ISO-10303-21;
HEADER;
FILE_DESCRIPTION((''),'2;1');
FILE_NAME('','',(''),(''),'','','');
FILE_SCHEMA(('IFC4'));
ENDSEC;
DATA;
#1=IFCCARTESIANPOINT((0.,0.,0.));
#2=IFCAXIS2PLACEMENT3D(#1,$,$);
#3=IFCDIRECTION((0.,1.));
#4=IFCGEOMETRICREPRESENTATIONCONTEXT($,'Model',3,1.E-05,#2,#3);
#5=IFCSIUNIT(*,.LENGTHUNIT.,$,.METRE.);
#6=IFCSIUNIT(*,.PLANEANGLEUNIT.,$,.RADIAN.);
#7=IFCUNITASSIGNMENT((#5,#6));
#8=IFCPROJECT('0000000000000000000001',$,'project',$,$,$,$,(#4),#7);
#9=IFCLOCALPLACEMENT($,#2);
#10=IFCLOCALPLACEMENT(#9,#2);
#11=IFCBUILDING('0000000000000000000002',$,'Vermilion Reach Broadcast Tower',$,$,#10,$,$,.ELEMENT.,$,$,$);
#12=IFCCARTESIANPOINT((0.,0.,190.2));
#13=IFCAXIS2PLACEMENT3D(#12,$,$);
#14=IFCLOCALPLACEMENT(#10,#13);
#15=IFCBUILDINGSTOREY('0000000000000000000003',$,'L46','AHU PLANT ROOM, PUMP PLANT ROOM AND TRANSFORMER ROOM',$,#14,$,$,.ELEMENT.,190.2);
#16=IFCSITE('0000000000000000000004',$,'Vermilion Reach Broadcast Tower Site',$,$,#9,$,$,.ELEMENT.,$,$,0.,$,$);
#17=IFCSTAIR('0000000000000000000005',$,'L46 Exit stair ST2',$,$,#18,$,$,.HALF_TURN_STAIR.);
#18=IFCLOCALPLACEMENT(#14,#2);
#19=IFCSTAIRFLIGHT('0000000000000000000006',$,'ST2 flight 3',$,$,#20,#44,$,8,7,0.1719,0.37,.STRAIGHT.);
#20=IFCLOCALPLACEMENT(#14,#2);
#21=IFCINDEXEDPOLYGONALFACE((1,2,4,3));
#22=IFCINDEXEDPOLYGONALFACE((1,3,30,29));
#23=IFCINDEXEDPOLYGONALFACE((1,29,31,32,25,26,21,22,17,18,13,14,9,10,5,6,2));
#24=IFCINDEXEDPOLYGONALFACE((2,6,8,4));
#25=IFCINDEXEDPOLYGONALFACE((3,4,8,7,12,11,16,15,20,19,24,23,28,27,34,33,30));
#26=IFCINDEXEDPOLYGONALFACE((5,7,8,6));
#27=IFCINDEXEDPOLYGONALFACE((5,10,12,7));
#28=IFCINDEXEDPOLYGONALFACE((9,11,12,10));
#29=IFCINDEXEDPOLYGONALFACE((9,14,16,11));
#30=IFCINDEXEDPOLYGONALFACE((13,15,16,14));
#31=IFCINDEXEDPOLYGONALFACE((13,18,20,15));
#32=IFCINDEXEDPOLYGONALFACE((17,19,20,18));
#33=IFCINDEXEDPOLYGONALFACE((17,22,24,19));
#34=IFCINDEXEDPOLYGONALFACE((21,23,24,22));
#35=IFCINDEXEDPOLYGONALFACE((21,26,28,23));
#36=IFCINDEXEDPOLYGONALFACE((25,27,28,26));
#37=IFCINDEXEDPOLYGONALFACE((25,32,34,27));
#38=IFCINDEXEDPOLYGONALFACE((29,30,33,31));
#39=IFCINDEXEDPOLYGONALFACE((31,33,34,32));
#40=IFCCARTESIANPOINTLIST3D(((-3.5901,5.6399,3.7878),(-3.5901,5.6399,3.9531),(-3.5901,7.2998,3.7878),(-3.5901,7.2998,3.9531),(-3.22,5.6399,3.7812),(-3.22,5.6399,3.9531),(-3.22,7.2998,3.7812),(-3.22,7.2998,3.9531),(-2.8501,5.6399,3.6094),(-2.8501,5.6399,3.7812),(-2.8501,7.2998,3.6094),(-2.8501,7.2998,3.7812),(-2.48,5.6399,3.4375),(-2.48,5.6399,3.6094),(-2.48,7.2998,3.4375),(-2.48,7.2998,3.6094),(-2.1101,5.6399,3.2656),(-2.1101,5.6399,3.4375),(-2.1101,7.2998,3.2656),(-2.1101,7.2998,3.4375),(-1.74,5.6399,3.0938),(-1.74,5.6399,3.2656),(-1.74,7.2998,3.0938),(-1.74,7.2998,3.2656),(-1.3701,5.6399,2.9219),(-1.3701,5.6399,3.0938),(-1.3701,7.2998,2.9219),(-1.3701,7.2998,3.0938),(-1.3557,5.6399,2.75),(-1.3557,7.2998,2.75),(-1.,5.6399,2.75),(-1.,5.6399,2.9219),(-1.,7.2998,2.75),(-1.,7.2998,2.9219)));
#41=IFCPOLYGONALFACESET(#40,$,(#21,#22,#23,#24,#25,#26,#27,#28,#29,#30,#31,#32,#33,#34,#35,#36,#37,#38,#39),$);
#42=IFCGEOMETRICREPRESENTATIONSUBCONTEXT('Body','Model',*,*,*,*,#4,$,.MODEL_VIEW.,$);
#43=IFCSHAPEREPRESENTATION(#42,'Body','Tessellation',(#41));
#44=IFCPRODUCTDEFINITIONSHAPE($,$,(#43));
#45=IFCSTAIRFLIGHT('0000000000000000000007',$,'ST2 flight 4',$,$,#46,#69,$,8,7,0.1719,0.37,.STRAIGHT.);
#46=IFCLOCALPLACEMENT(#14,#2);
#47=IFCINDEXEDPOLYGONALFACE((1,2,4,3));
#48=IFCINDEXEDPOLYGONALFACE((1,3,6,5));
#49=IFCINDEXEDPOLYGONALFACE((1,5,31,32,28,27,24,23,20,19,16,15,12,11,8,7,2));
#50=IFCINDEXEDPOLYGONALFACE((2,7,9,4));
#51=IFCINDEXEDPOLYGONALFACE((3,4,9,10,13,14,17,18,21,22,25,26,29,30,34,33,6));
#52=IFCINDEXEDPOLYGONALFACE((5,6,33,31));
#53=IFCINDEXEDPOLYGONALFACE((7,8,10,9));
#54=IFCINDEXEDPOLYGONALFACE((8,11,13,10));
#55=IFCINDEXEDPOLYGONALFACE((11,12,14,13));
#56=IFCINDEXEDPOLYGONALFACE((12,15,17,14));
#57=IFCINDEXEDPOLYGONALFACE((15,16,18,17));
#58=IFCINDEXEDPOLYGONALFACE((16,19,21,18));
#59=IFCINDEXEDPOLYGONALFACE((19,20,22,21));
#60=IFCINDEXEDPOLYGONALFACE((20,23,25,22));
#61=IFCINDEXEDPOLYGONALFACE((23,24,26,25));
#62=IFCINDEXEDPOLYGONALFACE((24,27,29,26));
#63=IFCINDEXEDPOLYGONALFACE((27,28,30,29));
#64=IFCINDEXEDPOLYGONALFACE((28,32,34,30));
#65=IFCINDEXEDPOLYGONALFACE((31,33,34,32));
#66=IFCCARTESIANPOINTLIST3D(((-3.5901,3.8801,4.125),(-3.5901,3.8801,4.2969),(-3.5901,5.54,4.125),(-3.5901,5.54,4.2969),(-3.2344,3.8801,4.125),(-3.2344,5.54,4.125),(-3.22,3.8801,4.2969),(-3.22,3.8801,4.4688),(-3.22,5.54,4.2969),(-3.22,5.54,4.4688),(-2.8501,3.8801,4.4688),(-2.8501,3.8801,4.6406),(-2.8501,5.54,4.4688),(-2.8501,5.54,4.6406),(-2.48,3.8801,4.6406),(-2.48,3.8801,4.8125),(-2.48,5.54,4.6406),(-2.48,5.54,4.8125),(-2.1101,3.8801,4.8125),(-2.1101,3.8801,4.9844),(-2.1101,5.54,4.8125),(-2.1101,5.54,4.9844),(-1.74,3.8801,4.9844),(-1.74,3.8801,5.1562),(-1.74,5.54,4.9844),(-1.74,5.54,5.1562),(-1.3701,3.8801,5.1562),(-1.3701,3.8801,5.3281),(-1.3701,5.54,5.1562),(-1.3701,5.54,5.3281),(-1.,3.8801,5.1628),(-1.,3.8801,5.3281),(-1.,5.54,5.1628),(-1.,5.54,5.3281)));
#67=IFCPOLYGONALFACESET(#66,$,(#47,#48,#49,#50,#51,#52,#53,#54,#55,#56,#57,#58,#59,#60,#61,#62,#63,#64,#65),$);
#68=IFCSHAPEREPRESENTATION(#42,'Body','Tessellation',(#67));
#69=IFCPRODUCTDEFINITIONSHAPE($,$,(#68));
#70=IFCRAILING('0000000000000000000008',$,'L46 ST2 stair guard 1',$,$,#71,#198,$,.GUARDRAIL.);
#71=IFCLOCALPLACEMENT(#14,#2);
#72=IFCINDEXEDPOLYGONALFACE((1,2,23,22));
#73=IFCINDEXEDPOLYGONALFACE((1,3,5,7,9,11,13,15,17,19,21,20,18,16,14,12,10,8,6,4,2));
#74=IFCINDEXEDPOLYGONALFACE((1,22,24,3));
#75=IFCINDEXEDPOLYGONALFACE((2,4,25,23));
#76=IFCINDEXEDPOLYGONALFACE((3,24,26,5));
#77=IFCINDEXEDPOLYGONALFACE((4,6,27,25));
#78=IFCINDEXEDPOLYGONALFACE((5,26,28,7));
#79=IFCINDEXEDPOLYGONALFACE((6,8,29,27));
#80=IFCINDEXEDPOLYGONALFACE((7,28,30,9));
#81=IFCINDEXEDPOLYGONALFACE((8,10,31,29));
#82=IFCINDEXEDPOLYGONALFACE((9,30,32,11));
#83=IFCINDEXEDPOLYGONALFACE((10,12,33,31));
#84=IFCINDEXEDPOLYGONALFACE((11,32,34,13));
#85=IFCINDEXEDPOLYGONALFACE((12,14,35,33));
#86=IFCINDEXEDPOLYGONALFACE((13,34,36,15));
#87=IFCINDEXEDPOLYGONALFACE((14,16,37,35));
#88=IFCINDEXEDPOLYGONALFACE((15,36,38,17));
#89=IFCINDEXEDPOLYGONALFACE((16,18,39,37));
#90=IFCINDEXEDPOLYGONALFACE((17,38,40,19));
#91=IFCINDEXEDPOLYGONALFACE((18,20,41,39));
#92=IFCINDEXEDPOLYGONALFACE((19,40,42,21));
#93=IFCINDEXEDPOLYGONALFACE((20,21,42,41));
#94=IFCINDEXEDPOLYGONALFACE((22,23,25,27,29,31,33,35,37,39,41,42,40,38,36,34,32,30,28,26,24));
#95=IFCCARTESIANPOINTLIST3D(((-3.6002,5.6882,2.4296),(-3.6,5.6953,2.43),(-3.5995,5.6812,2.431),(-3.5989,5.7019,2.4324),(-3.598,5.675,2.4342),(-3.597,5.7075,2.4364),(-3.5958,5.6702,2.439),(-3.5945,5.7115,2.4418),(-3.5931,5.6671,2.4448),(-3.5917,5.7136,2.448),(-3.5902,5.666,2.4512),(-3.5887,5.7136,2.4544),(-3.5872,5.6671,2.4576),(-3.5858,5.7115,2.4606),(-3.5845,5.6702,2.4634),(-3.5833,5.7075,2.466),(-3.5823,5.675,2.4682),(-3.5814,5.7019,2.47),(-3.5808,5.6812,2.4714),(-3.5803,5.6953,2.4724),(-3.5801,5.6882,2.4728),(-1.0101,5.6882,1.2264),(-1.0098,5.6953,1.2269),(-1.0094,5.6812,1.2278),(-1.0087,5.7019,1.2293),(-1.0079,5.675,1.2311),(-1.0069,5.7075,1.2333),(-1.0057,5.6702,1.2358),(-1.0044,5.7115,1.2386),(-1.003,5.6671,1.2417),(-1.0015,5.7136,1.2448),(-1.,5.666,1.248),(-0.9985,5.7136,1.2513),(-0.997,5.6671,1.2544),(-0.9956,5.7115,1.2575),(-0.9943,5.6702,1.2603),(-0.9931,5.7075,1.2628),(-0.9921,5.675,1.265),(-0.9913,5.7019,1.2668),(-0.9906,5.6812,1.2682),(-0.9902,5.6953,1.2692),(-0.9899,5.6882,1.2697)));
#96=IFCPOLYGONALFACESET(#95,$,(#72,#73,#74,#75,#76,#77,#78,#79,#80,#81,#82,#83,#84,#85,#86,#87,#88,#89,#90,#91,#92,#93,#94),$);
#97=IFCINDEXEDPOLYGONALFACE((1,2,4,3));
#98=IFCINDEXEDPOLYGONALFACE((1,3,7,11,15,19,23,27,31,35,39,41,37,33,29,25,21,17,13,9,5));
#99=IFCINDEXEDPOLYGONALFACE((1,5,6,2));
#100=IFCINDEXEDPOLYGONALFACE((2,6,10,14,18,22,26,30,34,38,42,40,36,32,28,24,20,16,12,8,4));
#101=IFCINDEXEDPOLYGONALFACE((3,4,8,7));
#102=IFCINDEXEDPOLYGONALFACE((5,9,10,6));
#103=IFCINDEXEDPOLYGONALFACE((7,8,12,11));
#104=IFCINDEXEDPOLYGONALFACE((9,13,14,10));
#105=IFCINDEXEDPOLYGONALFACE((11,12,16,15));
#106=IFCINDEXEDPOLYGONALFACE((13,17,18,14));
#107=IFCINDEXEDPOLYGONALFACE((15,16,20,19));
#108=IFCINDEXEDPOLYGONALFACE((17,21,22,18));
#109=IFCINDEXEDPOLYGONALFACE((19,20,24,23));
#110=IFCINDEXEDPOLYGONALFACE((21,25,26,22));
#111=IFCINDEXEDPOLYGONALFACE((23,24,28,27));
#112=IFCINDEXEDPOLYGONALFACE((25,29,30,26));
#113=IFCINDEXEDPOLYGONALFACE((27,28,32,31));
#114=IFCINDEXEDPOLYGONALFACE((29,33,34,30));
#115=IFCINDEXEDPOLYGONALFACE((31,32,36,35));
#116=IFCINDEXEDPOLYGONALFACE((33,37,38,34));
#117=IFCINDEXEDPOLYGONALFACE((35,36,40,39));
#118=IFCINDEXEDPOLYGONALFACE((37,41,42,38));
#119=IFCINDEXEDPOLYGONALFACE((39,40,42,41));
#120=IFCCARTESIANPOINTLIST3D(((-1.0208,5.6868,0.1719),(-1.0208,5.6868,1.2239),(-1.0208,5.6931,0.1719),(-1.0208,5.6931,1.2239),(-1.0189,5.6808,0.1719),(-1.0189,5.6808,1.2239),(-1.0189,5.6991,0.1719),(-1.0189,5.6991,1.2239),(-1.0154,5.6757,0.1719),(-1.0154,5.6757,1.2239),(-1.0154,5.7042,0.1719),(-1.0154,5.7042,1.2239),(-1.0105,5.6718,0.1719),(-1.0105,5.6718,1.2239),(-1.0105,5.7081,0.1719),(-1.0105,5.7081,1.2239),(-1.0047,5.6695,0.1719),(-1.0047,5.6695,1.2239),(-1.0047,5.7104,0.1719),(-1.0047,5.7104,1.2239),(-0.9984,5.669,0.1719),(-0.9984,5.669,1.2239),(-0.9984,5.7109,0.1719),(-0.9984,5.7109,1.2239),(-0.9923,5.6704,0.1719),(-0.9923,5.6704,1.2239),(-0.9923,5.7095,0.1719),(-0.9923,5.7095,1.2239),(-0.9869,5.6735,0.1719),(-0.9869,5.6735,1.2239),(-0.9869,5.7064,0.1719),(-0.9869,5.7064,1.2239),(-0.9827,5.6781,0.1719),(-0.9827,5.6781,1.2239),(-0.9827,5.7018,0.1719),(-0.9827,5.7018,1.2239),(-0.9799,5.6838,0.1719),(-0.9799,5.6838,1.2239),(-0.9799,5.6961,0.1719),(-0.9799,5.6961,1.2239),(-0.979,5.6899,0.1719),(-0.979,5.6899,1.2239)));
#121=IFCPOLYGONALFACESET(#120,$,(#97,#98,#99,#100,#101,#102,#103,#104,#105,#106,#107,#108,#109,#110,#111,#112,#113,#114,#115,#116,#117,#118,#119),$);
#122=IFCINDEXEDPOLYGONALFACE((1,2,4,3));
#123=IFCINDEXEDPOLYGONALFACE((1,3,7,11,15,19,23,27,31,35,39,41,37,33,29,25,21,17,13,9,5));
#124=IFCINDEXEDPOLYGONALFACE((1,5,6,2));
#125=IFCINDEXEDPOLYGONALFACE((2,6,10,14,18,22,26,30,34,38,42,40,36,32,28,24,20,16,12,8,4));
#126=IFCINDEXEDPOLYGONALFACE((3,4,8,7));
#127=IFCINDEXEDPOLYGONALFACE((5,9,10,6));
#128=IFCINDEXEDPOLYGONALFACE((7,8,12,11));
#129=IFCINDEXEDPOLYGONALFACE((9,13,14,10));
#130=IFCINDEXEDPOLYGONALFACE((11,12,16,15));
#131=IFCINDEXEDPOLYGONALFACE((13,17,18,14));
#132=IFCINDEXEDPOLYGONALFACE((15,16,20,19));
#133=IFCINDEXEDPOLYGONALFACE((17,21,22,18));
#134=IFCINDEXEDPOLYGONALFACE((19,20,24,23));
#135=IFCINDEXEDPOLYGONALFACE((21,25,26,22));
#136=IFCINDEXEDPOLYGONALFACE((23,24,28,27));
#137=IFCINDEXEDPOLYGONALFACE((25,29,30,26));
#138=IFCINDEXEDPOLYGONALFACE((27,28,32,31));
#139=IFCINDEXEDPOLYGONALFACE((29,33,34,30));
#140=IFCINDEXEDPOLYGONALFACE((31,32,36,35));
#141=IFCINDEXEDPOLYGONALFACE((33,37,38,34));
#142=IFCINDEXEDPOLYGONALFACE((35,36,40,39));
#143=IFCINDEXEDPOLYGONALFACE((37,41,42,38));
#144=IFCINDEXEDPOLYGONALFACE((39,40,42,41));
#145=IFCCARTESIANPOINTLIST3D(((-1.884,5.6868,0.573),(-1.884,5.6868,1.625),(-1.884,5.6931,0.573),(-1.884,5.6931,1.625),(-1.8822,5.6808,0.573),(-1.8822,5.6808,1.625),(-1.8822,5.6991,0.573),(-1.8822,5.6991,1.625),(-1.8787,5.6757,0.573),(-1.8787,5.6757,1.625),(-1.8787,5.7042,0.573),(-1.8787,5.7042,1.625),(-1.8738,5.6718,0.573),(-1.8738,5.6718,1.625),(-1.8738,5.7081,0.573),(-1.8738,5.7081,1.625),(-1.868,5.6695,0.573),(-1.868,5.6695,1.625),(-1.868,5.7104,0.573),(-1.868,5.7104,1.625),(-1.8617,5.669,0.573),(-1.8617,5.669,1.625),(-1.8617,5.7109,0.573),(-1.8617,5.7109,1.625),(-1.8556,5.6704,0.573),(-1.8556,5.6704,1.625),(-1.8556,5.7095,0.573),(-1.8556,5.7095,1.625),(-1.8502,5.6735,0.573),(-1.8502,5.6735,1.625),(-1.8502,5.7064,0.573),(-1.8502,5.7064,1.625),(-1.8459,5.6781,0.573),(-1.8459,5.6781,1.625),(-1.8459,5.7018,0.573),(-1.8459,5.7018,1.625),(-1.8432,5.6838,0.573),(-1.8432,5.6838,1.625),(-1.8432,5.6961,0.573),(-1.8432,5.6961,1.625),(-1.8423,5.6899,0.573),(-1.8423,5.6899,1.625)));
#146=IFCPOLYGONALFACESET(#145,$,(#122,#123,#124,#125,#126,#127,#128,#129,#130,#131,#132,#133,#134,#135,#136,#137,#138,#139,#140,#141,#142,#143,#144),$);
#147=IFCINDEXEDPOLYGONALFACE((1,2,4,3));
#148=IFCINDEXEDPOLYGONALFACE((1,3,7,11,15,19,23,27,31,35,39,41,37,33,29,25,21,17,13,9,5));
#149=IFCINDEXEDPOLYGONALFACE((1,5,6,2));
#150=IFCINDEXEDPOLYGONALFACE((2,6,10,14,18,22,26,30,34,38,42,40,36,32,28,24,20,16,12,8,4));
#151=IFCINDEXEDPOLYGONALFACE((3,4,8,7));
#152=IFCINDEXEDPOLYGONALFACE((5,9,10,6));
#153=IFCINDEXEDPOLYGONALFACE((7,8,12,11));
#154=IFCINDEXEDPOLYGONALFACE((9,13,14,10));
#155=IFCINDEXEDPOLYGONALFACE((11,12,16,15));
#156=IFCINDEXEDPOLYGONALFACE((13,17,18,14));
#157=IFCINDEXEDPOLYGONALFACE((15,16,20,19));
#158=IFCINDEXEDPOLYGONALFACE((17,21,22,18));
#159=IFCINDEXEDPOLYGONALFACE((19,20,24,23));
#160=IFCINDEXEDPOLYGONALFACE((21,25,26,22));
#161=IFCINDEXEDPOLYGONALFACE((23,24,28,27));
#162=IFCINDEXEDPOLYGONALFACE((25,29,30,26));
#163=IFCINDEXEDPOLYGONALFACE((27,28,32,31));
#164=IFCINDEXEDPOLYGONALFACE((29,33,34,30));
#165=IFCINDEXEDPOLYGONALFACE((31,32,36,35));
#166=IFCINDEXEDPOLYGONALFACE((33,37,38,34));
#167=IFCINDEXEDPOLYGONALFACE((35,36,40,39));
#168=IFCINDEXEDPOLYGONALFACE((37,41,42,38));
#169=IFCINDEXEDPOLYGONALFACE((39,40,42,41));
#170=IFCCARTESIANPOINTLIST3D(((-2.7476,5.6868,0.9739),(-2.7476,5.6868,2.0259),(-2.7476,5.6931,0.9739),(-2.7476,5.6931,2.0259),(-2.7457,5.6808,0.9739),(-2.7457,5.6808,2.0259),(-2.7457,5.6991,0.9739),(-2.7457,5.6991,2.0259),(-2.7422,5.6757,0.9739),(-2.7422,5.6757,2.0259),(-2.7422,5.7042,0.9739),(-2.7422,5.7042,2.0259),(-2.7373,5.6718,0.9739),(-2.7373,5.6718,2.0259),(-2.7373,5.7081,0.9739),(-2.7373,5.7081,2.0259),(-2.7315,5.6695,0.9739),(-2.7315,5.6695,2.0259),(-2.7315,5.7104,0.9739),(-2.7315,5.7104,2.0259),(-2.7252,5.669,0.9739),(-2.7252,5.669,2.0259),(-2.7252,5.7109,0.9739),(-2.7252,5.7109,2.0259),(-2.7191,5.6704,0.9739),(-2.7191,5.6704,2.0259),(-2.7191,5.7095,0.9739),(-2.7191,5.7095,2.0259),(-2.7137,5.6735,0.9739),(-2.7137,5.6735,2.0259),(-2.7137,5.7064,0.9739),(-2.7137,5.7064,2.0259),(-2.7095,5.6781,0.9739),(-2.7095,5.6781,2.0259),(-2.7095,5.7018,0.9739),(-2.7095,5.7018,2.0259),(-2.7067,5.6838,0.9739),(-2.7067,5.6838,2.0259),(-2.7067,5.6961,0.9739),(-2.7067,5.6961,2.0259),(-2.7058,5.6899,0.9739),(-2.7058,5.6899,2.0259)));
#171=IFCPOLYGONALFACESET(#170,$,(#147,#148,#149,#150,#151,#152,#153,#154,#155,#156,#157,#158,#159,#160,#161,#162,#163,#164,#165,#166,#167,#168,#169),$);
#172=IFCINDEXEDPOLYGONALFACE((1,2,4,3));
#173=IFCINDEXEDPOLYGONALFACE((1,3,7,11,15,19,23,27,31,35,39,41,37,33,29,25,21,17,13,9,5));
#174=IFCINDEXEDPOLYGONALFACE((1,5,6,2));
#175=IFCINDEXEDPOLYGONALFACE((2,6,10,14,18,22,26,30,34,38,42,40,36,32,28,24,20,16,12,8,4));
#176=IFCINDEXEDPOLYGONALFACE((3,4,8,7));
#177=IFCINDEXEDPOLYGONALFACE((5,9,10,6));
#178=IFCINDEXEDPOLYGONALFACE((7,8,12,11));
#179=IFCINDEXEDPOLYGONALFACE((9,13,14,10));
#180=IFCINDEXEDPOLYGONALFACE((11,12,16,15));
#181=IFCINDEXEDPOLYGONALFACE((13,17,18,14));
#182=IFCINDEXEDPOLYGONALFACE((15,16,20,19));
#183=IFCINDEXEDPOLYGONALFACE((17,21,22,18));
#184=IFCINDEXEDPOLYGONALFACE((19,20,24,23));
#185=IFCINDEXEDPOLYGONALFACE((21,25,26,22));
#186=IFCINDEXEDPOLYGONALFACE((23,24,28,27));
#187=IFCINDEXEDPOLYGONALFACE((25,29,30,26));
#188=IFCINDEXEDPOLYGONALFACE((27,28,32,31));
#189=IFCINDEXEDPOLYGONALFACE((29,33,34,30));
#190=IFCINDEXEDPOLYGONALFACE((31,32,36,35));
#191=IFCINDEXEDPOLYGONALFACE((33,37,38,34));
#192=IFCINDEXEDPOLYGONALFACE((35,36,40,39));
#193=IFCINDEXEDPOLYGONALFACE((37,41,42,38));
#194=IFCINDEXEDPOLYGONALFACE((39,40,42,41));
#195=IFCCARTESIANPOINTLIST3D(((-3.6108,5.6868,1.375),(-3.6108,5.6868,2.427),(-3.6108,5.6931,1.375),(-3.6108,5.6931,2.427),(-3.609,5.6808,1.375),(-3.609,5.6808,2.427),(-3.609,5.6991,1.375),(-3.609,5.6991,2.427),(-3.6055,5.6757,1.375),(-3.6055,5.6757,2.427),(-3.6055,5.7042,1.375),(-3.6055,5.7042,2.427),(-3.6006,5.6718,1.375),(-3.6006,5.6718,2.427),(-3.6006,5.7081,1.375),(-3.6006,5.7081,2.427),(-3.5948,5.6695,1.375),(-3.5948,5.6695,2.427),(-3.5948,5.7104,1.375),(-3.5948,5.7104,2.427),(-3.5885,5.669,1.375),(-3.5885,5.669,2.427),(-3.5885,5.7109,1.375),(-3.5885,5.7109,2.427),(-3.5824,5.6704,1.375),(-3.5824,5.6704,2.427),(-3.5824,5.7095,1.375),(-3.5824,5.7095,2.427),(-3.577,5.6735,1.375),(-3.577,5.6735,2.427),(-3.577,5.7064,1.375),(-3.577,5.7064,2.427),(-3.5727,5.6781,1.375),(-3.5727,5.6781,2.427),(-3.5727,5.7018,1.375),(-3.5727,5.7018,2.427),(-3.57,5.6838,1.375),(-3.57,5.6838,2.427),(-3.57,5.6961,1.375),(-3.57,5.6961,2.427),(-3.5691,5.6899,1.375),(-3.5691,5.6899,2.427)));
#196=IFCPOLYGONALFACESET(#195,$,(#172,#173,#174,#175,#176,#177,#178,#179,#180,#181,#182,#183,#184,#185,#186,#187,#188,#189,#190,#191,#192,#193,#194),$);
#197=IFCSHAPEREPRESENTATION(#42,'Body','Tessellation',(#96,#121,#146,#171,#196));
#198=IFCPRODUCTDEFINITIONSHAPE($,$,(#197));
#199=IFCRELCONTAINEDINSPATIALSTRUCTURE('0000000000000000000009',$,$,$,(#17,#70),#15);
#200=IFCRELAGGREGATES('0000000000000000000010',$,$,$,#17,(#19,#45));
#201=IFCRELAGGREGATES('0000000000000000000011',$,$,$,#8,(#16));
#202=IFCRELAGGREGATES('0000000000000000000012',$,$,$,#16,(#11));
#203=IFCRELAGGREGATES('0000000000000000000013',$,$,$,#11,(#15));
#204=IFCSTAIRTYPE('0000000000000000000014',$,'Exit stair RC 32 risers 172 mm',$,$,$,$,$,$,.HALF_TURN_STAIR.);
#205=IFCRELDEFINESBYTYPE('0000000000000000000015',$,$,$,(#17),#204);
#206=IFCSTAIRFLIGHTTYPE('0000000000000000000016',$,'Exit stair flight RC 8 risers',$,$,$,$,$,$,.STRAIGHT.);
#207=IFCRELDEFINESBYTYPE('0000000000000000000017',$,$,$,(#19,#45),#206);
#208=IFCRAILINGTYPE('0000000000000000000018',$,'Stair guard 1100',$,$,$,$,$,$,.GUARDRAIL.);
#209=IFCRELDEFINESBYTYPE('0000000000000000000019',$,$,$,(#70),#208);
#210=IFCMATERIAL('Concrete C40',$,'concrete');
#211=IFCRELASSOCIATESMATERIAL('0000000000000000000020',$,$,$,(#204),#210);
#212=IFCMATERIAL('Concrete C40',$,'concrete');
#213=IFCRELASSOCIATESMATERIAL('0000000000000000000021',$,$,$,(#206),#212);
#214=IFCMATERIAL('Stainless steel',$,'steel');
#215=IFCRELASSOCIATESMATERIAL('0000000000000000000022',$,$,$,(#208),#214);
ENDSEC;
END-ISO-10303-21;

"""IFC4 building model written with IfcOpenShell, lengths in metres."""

from ifc_helpers import new_model, si_unit, direction, frame, origin, origin_2d, place, context, subcontext, project, spatial, polyline, circle, outline, extrude, material, type_object, element, aggregate, save


model = new_model("IFC4")

# Units and contexts
model_context = context("Model", 3, precision=1e-05, world=origin(), true_north=direction((0.0, 1.0)))
body_context = subcontext(model_context, "Body", "Model", "MODEL_VIEW")
ifc_project = project(units=[si_unit("LENGTHUNIT", "METRE"), si_unit("PLANEANGLEUNIT", "RADIAN")], contexts=[model_context])

# Site, building, storey
site_placement = place(None, origin())
site = spatial("IfcSite", under=ifc_project, at=site_placement, Name="Vermilion Reach Broadcast Tower Site", CompositionType="ELEMENT", RefElevation=0.0)
building_placement = place(site_placement, origin())
building = spatial("IfcBuilding", under=site, at=building_placement, Name="Vermilion Reach Broadcast Tower", CompositionType="ELEMENT")
storey_placement = place(building_placement, frame((0.0, 0.0, 190.2)))
storey = spatial("IfcBuildingStorey", under=building, at=storey_placement, Name="L46", Description="AHU PLANT ROOM, PUMP PLANT ROOM AND TRANSFORMER ROOM", CompositionType="ELEMENT", Elevation=190.2)

# Stair, stair flights
ifc_material_1 = material(Name="Concrete C40", Category="concrete")
stair_type = type_object("IfcStairType", Name="Exit stair RC 32 risers 172 mm", PredefinedType="HALF_TURN_STAIR", material=ifc_material_1)
stair_placement = place(storey_placement, origin())
stair = element("IfcStair", 1, at=stair_placement, inside=storey, type_object=stair_type, Name="L46 Exit stair ST2", PredefinedType="HALF_TURN_STAIR")
ifc_material_2 = material(Name="Concrete C40", Category="concrete")
stair_flight_type = type_object("IfcStairFlightType", Name="Exit stair flight RC 8 risers", PredefinedType="STRAIGHT", material=ifc_material_2)
stair_flight_1_placement = place(storey_placement, frame((-1.0, 6.47, 2.75), z_axis=(0.0, 0.0, 1.0), x_axis=(-1.0, 0.0, 0.0)))
stair_flight_1 = element("IfcStairFlight", 2, at=stair_flight_1_placement, type_object=stair_flight_type, Name="ST2 flight 3", NumberOfRisers=8, NumberOfTreads=7, PredefinedType="STRAIGHT", RiserHeight=0.1719, TreadLength=0.37, context=body_context, shape_type="SweptSolid", body=[
    extrude(outline(polyline([(0.0, 0.0), (0.0, 0.1719), (0.3701, 0.1719), (0.3701, 0.3438), (0.74, 0.3438), (0.74, 0.5156), (1.1101, 0.5156), (1.1101, 0.6875), (1.48, 0.6875), (1.48, 0.8594), (1.8501, 0.8594), (1.8501, 1.0312), (2.22, 1.0312), (2.22, 1.2031), (2.5901, 1.2031), (2.5901, 1.375), (2.5901, 1.0378), (0.3557, 0.0), (0.0, 0.0)])), frame((0.0, 0.8301, 0.0), z_axis=(0.0, -1.0, 0.0), x_axis=(1.0, 0.0, 0.0)), (0.0, 0.0, 1.0), 1.6599),
])
stair_flight_2_placement = place(storey_placement, frame((-3.5901, 4.71, 4.125), z_axis=(0.0, 0.0, 1.0), x_axis=(1.0, 0.0, 0.0)))
stair_flight_2 = element("IfcStairFlight", 3, at=stair_flight_2_placement, type_object=stair_flight_type, Name="ST2 flight 4", NumberOfRisers=8, NumberOfTreads=7, PredefinedType="STRAIGHT", RiserHeight=0.1719, TreadLength=0.37, context=body_context, shape_type="SweptSolid", body=[
    extrude(outline(polyline([(0.0, 0.0), (0.0, 0.1719), (0.3701, 0.1719), (0.3701, 0.3438), (0.74, 0.3438), (0.74, 0.5156), (1.1101, 0.5156), (1.1101, 0.6875), (1.48, 0.6875), (1.48, 0.8594), (1.8501, 0.8594), (1.8501, 1.0312), (2.22, 1.0312), (2.22, 1.2031), (2.5901, 1.2031), (2.5901, 1.375), (2.5901, 1.0378), (0.3557, 0.0), (0.0, 0.0)])), frame((0.0, 0.8301, 0.0), z_axis=(0.0, -1.0, 0.0), x_axis=(1.0, 0.0, 0.0)), (0.0, 0.0, 1.0), 1.6599),
])
aggregate(stair, [stair_flight_1, stair_flight_2])

# Railing
ifc_material_3 = material(Name="Stainless steel", Category="steel")
railing_type_1 = type_object("IfcRailingType", Name="Stair guard 1100", PredefinedType="GUARDRAIL", material=ifc_material_3)
railing_1_placement = place(storey_placement, frame((-1.0, 5.6899, 0.1719)))
element("IfcRailing", 4, at=railing_1_placement, inside=storey, type_object=railing_type_1, Name="L46 ST2 stair guard 1", PredefinedType="GUARDRAIL", context=body_context, shape_type="SweptSolid", body=[
    extrude(circle(Radius=0.0239, at=origin_2d()), frame((0.0, 0.0, 1.0762), z_axis=(-0.906931, 0.0, 0.42128), x_axis=(0.0, -1.0, 0.0)), (0.0, 0.0, 1.0), 2.856),
    extrude(circle(Radius=0.021, at=origin_2d()), origin(), (0.0, 0.0, 1.0), 1.052),
    extrude(circle(Radius=0.021, at=origin_2d()), frame((-0.8633, 0.0, 0.4011)), (0.0, 0.0, 1.0), 1.052),
    extrude(circle(Radius=0.021, at=origin_2d()), frame((-1.7268, 0.0, 0.802)), (0.0, 0.0, 1.0), 1.052),
    extrude(circle(Radius=0.021, at=origin_2d()), frame((-2.5901, 0.0, 1.2031)), (0.0, 0.0, 1.0), 1.052),
])

save(model, "model.ifc")
